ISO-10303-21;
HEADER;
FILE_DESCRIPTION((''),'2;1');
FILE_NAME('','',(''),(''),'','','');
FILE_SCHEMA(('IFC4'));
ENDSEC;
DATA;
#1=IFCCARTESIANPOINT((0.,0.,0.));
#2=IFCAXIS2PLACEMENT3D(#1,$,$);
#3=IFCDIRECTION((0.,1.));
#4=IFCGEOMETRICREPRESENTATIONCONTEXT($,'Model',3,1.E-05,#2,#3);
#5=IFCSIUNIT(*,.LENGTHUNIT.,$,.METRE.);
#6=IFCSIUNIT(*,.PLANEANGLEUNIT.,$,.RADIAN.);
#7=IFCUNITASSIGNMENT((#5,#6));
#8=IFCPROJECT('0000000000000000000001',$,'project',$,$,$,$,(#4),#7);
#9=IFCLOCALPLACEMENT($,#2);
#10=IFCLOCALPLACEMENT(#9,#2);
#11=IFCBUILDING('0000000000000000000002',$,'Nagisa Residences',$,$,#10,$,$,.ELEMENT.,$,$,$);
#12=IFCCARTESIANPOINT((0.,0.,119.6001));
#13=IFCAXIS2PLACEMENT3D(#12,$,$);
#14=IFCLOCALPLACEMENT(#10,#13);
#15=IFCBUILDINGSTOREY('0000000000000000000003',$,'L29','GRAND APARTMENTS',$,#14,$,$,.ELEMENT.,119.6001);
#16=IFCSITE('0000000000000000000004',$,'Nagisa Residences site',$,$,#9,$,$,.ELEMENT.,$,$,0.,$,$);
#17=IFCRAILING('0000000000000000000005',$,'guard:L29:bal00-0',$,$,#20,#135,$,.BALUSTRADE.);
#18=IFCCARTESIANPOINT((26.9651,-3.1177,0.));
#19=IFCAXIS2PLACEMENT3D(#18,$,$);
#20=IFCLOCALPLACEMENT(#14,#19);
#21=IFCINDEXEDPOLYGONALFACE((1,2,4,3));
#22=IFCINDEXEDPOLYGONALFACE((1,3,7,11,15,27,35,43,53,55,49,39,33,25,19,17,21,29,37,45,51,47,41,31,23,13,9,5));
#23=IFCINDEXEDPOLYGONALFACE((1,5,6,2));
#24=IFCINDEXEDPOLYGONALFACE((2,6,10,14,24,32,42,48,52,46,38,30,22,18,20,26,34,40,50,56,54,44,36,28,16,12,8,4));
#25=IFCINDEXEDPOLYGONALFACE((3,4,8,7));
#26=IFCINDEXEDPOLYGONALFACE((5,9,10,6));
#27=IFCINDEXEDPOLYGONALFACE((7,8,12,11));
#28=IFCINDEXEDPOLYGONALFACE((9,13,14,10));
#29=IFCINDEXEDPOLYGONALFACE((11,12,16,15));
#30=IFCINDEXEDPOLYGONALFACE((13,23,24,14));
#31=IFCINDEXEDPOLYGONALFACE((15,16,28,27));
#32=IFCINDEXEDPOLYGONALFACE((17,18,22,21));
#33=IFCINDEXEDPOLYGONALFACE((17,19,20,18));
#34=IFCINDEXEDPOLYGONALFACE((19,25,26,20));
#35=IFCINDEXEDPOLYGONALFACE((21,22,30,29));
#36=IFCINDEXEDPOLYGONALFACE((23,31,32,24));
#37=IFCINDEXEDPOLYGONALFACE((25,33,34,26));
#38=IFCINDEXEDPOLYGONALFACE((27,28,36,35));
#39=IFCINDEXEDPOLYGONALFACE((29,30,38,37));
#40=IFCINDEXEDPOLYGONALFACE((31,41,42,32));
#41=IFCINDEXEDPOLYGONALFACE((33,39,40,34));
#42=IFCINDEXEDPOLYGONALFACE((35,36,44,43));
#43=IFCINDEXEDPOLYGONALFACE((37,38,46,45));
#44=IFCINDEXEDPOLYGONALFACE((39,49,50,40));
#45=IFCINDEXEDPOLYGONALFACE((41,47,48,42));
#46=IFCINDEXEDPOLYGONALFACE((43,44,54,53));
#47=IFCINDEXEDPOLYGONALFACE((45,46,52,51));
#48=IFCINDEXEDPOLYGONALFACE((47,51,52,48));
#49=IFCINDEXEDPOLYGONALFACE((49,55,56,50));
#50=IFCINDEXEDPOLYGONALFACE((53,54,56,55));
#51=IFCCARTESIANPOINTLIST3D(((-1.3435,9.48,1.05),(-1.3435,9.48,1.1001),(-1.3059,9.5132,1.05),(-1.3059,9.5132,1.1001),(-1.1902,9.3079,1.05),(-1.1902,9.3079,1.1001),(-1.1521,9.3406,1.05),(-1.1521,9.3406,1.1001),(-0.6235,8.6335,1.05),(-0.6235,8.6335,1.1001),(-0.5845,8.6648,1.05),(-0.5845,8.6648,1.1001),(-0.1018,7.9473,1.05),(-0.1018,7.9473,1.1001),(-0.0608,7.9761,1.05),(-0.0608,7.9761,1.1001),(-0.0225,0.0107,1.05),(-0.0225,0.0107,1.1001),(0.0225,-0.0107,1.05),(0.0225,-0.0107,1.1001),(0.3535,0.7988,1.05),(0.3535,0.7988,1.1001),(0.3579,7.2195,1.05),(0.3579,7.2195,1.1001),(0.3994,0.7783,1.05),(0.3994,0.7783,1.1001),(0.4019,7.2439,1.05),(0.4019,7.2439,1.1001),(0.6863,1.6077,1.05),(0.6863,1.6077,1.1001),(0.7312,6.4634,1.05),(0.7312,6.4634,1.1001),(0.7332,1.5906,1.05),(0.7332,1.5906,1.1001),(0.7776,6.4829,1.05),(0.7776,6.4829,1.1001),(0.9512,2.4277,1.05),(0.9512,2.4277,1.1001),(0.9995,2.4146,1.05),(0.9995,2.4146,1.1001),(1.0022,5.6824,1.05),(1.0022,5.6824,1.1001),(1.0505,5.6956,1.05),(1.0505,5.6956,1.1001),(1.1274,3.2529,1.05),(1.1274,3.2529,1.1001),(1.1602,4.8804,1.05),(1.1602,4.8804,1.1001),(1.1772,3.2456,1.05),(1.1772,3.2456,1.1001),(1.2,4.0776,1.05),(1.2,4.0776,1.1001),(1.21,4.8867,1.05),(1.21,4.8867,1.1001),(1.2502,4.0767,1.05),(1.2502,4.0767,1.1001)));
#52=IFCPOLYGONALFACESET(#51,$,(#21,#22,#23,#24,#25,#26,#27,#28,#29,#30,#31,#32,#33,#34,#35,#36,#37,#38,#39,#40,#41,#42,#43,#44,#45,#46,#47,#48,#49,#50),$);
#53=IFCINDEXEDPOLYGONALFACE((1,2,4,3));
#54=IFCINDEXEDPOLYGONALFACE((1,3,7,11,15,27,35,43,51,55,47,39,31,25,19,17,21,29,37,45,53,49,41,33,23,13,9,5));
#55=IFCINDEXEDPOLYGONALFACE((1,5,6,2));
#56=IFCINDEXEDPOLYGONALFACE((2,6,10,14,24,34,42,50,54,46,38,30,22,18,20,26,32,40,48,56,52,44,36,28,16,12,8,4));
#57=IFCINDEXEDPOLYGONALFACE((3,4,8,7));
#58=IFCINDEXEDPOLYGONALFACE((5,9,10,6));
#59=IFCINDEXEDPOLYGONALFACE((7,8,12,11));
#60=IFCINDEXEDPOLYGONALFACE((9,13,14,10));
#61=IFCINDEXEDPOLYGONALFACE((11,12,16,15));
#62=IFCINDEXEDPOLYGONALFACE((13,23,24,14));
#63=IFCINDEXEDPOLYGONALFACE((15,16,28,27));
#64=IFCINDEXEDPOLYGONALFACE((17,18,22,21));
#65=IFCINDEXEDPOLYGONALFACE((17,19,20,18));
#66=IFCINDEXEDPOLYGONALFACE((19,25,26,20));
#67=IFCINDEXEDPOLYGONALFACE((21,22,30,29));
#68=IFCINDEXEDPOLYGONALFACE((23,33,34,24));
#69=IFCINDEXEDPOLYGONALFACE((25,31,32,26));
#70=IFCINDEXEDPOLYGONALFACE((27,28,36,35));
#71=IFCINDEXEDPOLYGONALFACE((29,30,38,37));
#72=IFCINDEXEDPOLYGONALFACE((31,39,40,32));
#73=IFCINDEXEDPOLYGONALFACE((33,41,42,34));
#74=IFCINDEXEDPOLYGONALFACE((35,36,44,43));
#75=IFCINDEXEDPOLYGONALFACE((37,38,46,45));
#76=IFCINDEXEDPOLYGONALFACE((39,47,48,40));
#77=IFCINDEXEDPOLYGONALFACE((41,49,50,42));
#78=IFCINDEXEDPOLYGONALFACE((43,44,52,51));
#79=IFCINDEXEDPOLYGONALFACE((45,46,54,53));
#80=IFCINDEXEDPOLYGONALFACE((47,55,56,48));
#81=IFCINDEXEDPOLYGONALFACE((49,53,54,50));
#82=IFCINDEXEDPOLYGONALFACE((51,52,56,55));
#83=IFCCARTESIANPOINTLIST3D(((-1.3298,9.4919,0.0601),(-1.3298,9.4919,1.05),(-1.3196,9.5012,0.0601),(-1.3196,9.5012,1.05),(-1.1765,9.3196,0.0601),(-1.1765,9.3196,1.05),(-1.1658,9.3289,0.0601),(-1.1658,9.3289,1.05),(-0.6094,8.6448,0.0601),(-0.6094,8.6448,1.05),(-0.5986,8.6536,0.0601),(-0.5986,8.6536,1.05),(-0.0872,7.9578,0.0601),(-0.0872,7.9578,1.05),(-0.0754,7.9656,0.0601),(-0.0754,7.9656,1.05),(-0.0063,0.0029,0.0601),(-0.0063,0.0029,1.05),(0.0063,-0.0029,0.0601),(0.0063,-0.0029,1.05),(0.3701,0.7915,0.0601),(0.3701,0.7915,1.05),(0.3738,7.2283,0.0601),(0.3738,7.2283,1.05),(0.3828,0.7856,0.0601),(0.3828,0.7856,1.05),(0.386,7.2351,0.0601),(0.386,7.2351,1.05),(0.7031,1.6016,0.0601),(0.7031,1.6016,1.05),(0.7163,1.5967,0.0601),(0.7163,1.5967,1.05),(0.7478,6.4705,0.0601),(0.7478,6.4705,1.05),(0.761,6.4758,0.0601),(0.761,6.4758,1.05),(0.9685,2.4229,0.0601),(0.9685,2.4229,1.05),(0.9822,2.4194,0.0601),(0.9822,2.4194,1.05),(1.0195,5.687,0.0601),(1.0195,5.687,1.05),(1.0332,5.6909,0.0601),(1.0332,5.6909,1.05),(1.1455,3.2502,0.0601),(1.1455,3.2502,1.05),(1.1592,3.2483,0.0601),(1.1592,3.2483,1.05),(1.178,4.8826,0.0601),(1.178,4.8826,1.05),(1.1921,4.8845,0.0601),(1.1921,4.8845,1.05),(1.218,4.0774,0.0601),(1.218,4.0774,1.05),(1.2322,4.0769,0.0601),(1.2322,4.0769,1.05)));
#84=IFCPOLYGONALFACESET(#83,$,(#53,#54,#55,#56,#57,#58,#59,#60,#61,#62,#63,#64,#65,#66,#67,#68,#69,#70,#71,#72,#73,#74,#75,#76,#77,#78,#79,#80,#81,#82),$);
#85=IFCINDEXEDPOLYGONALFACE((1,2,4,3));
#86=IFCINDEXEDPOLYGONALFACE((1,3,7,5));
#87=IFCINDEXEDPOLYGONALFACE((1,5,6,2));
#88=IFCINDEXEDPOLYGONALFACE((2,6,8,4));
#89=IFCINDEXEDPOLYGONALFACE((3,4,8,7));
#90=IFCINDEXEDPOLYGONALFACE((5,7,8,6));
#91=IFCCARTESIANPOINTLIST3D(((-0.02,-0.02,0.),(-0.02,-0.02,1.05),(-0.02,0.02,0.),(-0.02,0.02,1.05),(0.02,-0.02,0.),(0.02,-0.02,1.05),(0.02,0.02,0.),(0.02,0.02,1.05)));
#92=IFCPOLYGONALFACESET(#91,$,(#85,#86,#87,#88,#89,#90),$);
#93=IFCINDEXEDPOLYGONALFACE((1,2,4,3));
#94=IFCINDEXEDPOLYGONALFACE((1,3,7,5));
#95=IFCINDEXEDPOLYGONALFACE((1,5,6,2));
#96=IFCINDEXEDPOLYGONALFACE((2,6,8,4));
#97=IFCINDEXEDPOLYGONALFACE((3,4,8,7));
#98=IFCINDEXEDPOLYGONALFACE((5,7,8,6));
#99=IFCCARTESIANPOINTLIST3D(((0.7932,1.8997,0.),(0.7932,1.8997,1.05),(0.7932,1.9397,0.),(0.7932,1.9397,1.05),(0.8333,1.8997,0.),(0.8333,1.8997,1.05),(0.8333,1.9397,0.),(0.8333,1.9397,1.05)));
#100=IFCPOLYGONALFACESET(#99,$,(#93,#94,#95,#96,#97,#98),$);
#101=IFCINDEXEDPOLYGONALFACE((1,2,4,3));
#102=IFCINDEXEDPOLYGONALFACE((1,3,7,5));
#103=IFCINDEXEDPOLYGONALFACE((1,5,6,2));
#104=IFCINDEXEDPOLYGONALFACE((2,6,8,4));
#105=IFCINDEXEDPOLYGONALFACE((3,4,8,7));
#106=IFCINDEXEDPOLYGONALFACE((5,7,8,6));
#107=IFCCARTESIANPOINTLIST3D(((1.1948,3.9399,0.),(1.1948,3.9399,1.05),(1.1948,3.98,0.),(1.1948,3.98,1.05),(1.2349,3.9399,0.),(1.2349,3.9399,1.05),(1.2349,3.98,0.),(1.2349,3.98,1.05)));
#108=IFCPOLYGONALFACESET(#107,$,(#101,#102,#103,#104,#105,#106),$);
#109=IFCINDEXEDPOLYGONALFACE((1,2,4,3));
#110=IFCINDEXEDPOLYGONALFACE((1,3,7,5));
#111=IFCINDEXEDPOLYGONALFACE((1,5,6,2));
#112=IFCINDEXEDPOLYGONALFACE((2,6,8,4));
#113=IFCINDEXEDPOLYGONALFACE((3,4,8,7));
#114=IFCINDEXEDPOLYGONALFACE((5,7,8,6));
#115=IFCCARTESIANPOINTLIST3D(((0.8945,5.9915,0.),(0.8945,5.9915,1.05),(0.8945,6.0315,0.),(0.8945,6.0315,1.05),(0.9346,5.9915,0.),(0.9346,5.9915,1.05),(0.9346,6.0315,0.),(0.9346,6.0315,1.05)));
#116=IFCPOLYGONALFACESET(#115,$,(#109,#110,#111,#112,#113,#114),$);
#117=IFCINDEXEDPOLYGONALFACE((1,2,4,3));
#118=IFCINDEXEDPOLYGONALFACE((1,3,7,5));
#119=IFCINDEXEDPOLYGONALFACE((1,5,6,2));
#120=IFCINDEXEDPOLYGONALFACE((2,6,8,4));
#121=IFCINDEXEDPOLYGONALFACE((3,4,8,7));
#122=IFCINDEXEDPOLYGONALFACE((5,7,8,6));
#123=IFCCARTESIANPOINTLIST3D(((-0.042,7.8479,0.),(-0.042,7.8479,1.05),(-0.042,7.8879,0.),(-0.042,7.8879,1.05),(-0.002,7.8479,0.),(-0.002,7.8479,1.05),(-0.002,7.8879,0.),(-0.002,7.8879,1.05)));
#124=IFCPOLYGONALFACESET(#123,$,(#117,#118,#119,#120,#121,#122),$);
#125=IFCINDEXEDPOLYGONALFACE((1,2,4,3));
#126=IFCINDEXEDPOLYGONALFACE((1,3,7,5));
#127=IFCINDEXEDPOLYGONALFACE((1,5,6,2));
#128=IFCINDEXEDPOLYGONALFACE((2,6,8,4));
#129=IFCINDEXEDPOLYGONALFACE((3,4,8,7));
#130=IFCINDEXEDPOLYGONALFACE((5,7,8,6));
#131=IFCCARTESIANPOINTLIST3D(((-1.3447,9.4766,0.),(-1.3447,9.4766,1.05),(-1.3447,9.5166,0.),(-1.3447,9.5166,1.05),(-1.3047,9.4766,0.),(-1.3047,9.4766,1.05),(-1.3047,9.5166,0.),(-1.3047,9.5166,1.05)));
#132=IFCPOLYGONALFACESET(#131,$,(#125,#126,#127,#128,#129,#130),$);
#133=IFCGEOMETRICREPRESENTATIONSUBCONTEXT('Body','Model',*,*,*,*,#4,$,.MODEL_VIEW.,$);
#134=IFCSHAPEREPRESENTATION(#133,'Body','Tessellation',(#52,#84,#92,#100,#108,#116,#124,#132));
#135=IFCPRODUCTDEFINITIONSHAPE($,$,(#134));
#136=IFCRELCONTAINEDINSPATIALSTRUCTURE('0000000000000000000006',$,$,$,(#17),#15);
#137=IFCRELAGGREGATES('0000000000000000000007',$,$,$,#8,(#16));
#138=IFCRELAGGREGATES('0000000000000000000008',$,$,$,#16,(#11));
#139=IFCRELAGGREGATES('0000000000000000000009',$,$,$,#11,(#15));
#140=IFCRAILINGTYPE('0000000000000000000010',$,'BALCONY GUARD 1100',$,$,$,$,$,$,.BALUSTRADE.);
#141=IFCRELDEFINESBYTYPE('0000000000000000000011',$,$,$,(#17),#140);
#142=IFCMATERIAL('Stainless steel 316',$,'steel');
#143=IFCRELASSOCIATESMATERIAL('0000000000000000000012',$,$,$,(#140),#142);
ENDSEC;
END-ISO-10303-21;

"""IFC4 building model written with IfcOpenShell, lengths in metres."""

from ifc_helpers import new_model, si_unit, direction, frame, origin, origin_2d, place, context, subcontext, project, spatial, polyline, rectangle, outline, extrude, material, type_object, element, save


model = new_model("IFC4")

# Units and contexts
model_context = context("Model", 3, precision=1e-05, world=origin(), true_north=direction((0.0, 1.0)))
body_context = subcontext(model_context, "Body", "Model", "MODEL_VIEW")
ifc_project = project(units=[si_unit("LENGTHUNIT", "METRE"), si_unit("PLANEANGLEUNIT", "RADIAN")], contexts=[model_context])

# Site, building, storey
site_placement = place(None, origin())
site = spatial("IfcSite", under=ifc_project, at=site_placement, Name="Nagisa Residences site", CompositionType="ELEMENT", RefElevation=0.0)
building_placement = place(site_placement, origin())
building = spatial("IfcBuilding", under=site, at=building_placement, Name="Nagisa Residences", CompositionType="ELEMENT")
storey_placement = place(building_placement, frame((0.0, 0.0, 119.6001)))
storey = spatial("IfcBuildingStorey", under=building, at=storey_placement, Name="L29", Description="GRAND APARTMENTS", CompositionType="ELEMENT", Elevation=119.6001)

# Railing
ifc_material_1 = material(Name="Stainless steel 316", Category="steel")
railing_type_1 = type_object("IfcRailingType", Name="BALCONY GUARD 1100", PredefinedType="BALUSTRADE", material=ifc_material_1)
railing_1_placement = place(storey_placement, frame((26.9651, -3.1177, 0.0)))
element("IfcRailing", 1, at=railing_1_placement, inside=storey, type_object=railing_type_1, Name="guard:L29:bal00-0", PredefinedType="BALUSTRADE", context=body_context, shape_type="SweptSolid", body=[
    extrude(outline(polyline([(0.3535, 0.7988), (-0.0225, 0.0107), (0.0225, -0.0107), (0.3994, 0.7783), (0.7332, 1.5906), (0.9995, 2.4146), (1.1772, 3.2456), (1.2502, 4.0767), (1.21, 4.8867), (1.0505, 5.6956), (0.7776, 6.4829), (0.4019, 7.2439), (-0.0608, 7.9761), (-0.5845, 8.6648), (-1.1521, 9.3406), (-1.3059, 9.5132), (-1.3435, 9.48), (-1.1902, 9.3079), (-0.6235, 8.6335), (-0.1018, 7.9473), (0.3579, 7.2195), (0.7312, 6.4634), (1.0022, 5.6824), (1.1602, 4.8804), (1.2, 4.0776), (1.1274, 3.2529), (0.9512, 2.4277), (0.6863, 1.6077), (0.3535, 0.7988)])), frame((0.0, 0.0, 1.05)), (0.0, 0.0, 1.0), 0.05),
    extrude(outline(polyline([(0.3701, 0.7915), (-0.0063, 0.0029), (0.0063, -0.0029), (0.3828, 0.7856), (0.7163, 1.5967), (0.9822, 2.4194), (1.1592, 3.2483), (1.2322, 4.0769), (1.1921, 4.8845), (1.0332, 5.6909), (0.761, 6.4758), (0.386, 7.2351), (-0.0754, 7.9656), (-0.5986, 8.6536), (-1.1658, 9.3289), (-1.3196, 9.5012), (-1.3298, 9.4919), (-1.1765, 9.3196), (-0.6094, 8.6448), (-0.0872, 7.9578), (0.3738, 7.2283), (0.7478, 6.4705), (1.0195, 5.687), (1.178, 4.8826), (1.218, 4.0774), (1.1455, 3.2502), (0.9685, 2.4229), (0.7031, 1.6016), (0.3701, 0.7915)])), frame((0.0, 0.0, 0.0601)), (0.0, 0.0, 1.0), 0.99),
    extrude(rectangle(XDim=0.04, YDim=0.04, at=origin_2d()), origin(), (0.0, 0.0, 1.0), 1.05),
    extrude(rectangle(XDim=0.04, YDim=0.04, at=origin_2d()), frame((0.8132, 1.9197, 0.0)), (0.0, 0.0, 1.0), 1.05),
    extrude(rectangle(XDim=0.04, YDim=0.04, at=origin_2d()), frame((1.2148, 3.96, 0.0)), (0.0, 0.0, 1.0), 1.05),
    extrude(rectangle(XDim=0.04, YDim=0.04, at=origin_2d()), frame((0.9146, 6.0115, 0.0)), (0.0, 0.0, 1.0), 1.05),
    extrude(rectangle(XDim=0.04, YDim=0.04, at=origin_2d()), frame((-0.022, 7.8679, 0.0)), (0.0, 0.0, 1.0), 1.05),
    extrude(rectangle(XDim=0.04, YDim=0.04, at=origin_2d()), frame((-1.3247, 9.4966, 0.0)), (0.0, 0.0, 1.0), 1.05),
])

save(model, "model.ifc")
